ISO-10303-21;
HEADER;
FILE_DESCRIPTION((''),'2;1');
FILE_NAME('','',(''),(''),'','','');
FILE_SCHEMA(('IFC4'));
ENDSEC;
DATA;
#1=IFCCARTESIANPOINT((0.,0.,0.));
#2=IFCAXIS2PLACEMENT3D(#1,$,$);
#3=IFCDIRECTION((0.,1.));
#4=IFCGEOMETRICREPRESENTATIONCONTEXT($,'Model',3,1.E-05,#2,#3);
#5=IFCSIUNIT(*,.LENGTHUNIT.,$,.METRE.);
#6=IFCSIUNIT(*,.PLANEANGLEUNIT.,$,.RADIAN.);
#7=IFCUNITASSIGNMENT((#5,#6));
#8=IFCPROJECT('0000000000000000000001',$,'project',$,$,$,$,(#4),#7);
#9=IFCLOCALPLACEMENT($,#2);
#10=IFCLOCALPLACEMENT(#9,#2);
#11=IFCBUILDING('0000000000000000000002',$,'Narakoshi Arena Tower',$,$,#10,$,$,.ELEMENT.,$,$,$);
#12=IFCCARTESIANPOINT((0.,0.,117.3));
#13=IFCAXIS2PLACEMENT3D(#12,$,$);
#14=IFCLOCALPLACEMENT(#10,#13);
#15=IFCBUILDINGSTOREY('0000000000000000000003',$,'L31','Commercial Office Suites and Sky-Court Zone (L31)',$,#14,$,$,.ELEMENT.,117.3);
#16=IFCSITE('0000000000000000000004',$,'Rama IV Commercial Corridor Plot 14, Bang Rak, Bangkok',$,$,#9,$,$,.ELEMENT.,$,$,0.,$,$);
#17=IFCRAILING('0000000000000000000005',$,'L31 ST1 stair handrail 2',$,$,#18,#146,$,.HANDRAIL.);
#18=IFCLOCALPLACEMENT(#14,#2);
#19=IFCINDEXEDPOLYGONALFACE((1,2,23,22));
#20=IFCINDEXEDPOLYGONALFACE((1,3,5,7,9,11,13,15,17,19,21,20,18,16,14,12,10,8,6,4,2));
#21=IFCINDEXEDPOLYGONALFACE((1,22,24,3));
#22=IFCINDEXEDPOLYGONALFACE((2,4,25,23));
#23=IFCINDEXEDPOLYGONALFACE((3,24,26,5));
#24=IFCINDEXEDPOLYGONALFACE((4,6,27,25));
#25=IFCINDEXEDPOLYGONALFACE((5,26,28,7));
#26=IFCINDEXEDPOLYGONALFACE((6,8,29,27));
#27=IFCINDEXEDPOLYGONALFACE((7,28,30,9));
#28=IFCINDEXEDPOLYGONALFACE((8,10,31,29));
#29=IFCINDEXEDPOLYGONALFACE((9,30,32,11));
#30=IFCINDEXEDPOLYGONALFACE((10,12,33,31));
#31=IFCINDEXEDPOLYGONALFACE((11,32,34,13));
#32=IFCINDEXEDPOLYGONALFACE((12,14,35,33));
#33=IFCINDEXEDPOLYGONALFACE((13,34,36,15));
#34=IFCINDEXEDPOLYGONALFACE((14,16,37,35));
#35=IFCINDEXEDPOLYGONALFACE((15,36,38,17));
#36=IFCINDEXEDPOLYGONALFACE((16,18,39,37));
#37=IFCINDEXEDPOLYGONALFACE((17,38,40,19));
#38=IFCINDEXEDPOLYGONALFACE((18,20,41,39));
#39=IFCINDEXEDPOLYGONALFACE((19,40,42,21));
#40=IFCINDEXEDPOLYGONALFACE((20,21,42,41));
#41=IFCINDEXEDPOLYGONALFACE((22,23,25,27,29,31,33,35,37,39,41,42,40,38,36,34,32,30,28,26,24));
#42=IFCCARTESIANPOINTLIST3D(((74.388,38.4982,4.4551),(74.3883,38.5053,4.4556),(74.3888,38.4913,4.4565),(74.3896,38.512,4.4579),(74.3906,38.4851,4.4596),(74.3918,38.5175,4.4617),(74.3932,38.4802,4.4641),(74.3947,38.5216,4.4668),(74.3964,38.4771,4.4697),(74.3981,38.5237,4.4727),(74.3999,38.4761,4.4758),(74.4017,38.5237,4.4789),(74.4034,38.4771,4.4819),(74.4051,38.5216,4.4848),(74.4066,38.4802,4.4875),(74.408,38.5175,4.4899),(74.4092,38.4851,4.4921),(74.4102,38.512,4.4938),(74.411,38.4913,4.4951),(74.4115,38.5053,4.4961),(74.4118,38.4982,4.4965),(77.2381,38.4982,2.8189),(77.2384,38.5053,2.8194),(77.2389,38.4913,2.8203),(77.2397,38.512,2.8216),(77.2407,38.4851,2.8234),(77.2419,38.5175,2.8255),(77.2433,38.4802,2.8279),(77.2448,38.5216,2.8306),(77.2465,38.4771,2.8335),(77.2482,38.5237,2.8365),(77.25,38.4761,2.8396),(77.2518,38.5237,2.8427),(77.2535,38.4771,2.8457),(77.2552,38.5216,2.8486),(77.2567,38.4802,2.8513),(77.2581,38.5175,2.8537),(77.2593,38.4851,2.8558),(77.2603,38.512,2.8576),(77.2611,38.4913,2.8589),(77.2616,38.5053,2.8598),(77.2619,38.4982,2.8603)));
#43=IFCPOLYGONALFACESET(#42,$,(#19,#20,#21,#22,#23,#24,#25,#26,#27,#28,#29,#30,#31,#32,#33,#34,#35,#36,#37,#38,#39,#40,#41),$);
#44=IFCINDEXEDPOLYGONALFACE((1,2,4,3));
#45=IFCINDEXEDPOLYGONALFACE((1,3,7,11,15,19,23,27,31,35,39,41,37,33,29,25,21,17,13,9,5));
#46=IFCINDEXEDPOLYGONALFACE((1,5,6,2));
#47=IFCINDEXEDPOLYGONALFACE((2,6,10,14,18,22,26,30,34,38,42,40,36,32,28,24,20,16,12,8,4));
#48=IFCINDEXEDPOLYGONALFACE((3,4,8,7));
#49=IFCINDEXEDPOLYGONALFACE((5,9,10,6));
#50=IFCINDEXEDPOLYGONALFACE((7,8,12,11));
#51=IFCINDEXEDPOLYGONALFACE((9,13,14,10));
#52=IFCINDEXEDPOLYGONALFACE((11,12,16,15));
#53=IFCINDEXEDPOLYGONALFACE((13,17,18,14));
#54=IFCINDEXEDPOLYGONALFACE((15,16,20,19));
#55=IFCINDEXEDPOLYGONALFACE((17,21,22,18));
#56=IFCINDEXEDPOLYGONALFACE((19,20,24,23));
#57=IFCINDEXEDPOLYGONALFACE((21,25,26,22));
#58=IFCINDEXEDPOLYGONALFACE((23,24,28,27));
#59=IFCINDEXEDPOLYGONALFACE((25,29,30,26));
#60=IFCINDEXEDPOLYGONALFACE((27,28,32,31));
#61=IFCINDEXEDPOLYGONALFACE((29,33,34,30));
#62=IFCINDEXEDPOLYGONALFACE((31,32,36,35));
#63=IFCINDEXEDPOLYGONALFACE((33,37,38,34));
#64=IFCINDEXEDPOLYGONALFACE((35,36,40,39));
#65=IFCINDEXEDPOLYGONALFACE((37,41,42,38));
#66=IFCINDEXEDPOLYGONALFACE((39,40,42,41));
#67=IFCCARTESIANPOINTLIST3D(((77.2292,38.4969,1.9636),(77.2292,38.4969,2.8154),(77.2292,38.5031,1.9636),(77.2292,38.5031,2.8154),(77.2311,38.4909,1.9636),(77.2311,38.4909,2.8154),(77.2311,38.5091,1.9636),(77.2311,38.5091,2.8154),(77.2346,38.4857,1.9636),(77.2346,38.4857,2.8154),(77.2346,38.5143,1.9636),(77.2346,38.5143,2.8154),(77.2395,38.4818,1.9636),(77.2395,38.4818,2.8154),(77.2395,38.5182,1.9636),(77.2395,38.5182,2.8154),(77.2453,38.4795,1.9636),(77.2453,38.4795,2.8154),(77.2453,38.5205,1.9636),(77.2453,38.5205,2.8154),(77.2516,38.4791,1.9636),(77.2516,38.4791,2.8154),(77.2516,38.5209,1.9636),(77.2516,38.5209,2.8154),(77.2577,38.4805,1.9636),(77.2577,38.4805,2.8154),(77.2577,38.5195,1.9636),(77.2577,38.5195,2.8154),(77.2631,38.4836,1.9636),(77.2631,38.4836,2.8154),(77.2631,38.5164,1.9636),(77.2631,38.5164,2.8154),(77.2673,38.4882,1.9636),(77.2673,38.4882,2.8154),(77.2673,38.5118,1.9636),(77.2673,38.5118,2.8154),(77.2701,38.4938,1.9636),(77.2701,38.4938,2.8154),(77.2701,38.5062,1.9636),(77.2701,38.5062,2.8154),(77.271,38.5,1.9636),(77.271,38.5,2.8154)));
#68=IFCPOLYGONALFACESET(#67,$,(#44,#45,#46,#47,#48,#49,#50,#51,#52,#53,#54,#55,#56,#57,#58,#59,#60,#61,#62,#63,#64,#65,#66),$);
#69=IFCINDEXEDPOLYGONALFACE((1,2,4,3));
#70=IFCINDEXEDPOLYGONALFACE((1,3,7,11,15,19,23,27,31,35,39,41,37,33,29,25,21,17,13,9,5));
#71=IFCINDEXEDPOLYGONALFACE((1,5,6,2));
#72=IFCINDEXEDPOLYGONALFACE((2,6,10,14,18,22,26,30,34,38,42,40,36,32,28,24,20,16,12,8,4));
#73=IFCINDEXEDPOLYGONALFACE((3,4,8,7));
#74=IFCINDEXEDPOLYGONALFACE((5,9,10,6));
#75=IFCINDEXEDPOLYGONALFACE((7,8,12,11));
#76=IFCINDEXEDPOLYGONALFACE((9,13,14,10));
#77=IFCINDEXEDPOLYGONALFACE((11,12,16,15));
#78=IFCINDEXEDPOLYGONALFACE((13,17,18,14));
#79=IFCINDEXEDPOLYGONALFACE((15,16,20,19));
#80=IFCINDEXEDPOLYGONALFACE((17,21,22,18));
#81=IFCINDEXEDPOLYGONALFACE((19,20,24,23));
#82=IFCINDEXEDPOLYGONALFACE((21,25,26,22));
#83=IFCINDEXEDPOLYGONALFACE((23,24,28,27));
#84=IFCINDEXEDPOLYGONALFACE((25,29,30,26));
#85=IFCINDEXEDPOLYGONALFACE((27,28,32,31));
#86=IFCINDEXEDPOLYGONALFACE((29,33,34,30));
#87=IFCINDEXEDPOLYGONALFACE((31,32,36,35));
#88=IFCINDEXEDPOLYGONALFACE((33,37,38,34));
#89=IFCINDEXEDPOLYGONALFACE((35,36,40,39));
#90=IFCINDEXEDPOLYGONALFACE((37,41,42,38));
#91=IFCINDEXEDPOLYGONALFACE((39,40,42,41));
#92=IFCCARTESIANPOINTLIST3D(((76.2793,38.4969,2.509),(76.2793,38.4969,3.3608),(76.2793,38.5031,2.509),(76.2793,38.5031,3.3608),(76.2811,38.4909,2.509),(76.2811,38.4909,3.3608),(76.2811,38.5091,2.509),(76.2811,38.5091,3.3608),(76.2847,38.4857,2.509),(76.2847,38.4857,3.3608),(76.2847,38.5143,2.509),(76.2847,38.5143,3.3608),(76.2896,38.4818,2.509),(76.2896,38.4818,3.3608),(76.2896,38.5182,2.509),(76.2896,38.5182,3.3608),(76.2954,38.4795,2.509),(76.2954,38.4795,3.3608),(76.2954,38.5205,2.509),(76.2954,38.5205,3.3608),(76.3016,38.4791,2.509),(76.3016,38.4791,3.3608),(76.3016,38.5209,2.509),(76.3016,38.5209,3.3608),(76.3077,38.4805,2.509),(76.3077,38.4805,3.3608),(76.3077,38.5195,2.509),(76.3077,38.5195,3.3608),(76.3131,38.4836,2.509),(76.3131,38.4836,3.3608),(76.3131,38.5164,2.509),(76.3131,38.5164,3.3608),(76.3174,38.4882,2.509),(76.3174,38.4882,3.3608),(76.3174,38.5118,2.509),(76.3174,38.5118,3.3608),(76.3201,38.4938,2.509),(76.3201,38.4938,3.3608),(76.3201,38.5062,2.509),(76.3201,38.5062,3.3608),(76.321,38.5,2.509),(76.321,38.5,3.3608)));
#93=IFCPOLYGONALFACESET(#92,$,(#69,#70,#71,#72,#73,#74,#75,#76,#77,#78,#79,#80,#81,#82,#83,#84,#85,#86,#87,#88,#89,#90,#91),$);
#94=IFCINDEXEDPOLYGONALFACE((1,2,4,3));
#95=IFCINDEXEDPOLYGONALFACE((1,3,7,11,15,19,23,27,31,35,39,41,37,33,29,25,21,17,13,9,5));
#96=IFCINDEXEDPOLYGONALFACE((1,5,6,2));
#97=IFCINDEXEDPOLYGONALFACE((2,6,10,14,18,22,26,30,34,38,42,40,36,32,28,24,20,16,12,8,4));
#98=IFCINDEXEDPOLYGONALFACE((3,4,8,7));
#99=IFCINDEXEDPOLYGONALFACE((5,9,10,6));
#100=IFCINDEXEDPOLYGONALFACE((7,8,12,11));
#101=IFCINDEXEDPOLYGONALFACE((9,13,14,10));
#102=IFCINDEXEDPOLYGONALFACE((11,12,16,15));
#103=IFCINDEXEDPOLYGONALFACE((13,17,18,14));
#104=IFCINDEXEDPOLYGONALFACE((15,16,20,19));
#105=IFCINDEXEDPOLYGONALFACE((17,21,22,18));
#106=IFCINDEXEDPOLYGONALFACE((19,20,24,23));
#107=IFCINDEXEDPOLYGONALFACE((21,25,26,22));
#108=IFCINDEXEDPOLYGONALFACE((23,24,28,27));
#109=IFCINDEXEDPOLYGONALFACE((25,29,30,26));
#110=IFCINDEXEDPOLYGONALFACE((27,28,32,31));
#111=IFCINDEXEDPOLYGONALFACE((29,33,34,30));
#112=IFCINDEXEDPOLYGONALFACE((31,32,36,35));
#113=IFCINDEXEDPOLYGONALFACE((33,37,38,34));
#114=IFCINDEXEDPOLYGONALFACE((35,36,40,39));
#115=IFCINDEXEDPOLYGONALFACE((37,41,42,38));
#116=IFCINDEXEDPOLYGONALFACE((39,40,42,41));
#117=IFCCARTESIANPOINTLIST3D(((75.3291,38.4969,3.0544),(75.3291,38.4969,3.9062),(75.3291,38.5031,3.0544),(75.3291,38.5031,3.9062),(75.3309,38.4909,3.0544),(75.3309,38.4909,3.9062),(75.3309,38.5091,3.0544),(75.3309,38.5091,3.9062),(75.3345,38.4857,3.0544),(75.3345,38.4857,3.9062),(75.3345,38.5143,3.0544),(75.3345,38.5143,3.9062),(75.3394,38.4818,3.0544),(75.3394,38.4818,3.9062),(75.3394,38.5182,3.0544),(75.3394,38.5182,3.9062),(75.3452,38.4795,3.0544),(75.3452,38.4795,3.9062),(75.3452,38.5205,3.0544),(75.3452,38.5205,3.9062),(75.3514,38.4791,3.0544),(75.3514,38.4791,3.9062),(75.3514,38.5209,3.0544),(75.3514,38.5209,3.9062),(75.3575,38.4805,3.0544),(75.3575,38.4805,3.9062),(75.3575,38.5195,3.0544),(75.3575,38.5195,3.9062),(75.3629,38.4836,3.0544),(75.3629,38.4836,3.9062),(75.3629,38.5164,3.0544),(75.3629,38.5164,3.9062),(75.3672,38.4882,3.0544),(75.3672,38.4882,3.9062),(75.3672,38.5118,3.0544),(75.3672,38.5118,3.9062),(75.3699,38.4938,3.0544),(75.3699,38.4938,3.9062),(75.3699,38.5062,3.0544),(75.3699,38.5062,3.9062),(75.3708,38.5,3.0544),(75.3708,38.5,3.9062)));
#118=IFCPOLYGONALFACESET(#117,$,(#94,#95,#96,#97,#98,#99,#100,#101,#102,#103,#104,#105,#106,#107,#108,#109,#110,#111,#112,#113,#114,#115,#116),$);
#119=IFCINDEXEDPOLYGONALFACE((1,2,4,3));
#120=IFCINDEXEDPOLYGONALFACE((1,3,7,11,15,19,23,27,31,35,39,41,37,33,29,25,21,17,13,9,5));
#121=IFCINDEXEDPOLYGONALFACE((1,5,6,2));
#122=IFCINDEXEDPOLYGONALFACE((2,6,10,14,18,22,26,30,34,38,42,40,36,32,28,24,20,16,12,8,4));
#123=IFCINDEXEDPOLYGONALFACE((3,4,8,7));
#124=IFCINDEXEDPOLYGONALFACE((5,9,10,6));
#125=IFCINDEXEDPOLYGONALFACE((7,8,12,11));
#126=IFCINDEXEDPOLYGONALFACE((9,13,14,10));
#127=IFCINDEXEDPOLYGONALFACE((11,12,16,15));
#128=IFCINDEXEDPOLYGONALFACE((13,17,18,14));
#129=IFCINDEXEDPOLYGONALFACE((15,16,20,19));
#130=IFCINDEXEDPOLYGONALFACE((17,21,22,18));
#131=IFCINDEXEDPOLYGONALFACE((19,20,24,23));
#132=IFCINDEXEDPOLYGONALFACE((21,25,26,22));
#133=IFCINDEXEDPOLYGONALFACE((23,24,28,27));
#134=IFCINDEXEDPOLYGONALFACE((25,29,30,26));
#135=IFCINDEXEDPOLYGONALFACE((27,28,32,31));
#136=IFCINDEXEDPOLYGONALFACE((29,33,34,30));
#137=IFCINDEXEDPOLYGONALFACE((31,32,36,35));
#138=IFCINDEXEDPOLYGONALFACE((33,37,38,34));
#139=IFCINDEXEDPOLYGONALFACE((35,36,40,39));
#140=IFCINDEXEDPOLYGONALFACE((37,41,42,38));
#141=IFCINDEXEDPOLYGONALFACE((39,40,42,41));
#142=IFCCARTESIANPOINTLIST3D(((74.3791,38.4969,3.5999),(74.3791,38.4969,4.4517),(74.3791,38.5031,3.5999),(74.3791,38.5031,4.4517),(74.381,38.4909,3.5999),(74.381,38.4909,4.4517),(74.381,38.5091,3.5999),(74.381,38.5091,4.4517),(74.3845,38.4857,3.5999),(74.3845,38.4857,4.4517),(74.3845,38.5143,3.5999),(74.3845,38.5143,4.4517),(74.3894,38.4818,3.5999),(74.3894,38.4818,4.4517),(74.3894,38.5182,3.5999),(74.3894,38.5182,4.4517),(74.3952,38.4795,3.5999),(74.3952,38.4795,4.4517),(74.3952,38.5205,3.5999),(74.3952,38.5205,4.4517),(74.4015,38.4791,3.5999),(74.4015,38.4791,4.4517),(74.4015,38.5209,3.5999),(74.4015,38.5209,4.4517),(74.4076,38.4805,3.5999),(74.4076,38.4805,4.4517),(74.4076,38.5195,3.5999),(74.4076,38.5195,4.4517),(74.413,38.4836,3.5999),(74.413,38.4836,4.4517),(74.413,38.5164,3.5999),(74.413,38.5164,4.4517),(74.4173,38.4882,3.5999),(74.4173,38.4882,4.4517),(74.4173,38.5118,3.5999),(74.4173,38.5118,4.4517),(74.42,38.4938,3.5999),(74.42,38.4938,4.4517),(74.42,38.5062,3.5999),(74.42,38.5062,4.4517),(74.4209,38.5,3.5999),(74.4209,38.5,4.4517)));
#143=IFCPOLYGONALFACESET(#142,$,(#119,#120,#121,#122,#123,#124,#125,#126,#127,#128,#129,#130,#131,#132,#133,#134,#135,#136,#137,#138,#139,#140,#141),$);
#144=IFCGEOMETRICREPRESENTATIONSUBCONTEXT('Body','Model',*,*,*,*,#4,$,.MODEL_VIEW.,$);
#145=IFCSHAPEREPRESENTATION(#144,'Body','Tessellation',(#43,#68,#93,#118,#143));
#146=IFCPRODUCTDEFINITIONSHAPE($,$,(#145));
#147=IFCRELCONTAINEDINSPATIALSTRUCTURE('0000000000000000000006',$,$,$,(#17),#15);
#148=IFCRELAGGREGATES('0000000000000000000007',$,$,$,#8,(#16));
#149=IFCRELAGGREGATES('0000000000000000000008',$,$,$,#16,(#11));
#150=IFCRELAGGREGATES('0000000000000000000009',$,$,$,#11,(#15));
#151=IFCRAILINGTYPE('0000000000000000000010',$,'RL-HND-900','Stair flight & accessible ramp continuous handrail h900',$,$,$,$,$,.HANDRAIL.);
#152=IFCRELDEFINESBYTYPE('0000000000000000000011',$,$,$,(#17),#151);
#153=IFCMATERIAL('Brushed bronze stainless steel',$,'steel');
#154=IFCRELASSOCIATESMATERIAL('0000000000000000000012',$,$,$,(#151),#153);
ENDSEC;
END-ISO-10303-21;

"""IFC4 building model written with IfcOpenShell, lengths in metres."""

from ifc_helpers import new_model, si_unit, direction, frame, origin, origin_2d, place, context, subcontext, project, spatial, circle, extrude, material, type_object, element, save


model = new_model("IFC4")

# Units and contexts
model_context = context("Model", 3, precision=1e-05, world=origin(), true_north=direction((0.0, 1.0)))
body_context = subcontext(model_context, "Body", "Model", "MODEL_VIEW")
ifc_project = project(units=[si_unit("LENGTHUNIT", "METRE"), si_unit("PLANEANGLEUNIT", "RADIAN")], contexts=[model_context])

# Site, building, storey
site_placement = place(None, origin())
site = spatial("IfcSite", under=ifc_project, at=site_placement, Name="Rama IV Commercial Corridor Plot 14, Bang Rak, Bangkok", CompositionType="ELEMENT", RefElevation=0.0)
building_placement = place(site_placement, origin())
building = spatial("IfcBuilding", under=site, at=building_placement, Name="Narakoshi Arena Tower", CompositionType="ELEMENT")
storey_placement = place(building_placement, frame((0.0, 0.0, 117.3)))
storey = spatial("IfcBuildingStorey", under=building, at=storey_placement, Name="L31", Description="Commercial Office Suites and Sky-Court Zone (L31)", CompositionType="ELEMENT", Elevation=117.3)

# Shared definitions
ifc_material_1 = material(Name="Brushed bronze stainless steel", Category="steel")

# Railing
railing_type_1 = type_object("IfcRailingType", Name="RL-HND-900", Description="Stair flight & accessible ramp continuous handrail h900", PredefinedType="HANDRAIL", material=ifc_material_1)
railing_1_placement = place(storey_placement, frame((77.25, 38.5, 1.9636)))
element("IfcRailing", 1, at=railing_1_placement, inside=storey, type_object=railing_type_1, Name="L31 ST1 stair handrail 2", PredefinedType="HANDRAIL", context=body_context, shape_type="SweptSolid", body=[
    extrude(circle(Radius=0.0239, at=origin_2d()), frame((0.0, 0.0, 0.876), z_axis=(-0.867245, 0.0, 0.497882), x_axis=(0.0, -1.0, 0.0)), (0.0, 0.0, 1.0), 3.2864),
    extrude(circle(Radius=0.021, at=origin_2d()), origin(), (0.0, 0.0, 1.0), 0.8518),
    extrude(circle(Radius=0.021, at=origin_2d()), frame((-0.95, 0.0, 0.5454)), (0.0, 0.0, 1.0), 0.8518),
    extrude(circle(Radius=0.021, at=origin_2d()), frame((-1.9001, 0.0, 1.0908)), (0.0, 0.0, 1.0), 0.8518),
    extrude(circle(Radius=0.021, at=origin_2d()), frame((-2.8501, 0.0, 1.6362)), (0.0, 0.0, 1.0), 0.8518),
])

save(model, "model.ifc")
